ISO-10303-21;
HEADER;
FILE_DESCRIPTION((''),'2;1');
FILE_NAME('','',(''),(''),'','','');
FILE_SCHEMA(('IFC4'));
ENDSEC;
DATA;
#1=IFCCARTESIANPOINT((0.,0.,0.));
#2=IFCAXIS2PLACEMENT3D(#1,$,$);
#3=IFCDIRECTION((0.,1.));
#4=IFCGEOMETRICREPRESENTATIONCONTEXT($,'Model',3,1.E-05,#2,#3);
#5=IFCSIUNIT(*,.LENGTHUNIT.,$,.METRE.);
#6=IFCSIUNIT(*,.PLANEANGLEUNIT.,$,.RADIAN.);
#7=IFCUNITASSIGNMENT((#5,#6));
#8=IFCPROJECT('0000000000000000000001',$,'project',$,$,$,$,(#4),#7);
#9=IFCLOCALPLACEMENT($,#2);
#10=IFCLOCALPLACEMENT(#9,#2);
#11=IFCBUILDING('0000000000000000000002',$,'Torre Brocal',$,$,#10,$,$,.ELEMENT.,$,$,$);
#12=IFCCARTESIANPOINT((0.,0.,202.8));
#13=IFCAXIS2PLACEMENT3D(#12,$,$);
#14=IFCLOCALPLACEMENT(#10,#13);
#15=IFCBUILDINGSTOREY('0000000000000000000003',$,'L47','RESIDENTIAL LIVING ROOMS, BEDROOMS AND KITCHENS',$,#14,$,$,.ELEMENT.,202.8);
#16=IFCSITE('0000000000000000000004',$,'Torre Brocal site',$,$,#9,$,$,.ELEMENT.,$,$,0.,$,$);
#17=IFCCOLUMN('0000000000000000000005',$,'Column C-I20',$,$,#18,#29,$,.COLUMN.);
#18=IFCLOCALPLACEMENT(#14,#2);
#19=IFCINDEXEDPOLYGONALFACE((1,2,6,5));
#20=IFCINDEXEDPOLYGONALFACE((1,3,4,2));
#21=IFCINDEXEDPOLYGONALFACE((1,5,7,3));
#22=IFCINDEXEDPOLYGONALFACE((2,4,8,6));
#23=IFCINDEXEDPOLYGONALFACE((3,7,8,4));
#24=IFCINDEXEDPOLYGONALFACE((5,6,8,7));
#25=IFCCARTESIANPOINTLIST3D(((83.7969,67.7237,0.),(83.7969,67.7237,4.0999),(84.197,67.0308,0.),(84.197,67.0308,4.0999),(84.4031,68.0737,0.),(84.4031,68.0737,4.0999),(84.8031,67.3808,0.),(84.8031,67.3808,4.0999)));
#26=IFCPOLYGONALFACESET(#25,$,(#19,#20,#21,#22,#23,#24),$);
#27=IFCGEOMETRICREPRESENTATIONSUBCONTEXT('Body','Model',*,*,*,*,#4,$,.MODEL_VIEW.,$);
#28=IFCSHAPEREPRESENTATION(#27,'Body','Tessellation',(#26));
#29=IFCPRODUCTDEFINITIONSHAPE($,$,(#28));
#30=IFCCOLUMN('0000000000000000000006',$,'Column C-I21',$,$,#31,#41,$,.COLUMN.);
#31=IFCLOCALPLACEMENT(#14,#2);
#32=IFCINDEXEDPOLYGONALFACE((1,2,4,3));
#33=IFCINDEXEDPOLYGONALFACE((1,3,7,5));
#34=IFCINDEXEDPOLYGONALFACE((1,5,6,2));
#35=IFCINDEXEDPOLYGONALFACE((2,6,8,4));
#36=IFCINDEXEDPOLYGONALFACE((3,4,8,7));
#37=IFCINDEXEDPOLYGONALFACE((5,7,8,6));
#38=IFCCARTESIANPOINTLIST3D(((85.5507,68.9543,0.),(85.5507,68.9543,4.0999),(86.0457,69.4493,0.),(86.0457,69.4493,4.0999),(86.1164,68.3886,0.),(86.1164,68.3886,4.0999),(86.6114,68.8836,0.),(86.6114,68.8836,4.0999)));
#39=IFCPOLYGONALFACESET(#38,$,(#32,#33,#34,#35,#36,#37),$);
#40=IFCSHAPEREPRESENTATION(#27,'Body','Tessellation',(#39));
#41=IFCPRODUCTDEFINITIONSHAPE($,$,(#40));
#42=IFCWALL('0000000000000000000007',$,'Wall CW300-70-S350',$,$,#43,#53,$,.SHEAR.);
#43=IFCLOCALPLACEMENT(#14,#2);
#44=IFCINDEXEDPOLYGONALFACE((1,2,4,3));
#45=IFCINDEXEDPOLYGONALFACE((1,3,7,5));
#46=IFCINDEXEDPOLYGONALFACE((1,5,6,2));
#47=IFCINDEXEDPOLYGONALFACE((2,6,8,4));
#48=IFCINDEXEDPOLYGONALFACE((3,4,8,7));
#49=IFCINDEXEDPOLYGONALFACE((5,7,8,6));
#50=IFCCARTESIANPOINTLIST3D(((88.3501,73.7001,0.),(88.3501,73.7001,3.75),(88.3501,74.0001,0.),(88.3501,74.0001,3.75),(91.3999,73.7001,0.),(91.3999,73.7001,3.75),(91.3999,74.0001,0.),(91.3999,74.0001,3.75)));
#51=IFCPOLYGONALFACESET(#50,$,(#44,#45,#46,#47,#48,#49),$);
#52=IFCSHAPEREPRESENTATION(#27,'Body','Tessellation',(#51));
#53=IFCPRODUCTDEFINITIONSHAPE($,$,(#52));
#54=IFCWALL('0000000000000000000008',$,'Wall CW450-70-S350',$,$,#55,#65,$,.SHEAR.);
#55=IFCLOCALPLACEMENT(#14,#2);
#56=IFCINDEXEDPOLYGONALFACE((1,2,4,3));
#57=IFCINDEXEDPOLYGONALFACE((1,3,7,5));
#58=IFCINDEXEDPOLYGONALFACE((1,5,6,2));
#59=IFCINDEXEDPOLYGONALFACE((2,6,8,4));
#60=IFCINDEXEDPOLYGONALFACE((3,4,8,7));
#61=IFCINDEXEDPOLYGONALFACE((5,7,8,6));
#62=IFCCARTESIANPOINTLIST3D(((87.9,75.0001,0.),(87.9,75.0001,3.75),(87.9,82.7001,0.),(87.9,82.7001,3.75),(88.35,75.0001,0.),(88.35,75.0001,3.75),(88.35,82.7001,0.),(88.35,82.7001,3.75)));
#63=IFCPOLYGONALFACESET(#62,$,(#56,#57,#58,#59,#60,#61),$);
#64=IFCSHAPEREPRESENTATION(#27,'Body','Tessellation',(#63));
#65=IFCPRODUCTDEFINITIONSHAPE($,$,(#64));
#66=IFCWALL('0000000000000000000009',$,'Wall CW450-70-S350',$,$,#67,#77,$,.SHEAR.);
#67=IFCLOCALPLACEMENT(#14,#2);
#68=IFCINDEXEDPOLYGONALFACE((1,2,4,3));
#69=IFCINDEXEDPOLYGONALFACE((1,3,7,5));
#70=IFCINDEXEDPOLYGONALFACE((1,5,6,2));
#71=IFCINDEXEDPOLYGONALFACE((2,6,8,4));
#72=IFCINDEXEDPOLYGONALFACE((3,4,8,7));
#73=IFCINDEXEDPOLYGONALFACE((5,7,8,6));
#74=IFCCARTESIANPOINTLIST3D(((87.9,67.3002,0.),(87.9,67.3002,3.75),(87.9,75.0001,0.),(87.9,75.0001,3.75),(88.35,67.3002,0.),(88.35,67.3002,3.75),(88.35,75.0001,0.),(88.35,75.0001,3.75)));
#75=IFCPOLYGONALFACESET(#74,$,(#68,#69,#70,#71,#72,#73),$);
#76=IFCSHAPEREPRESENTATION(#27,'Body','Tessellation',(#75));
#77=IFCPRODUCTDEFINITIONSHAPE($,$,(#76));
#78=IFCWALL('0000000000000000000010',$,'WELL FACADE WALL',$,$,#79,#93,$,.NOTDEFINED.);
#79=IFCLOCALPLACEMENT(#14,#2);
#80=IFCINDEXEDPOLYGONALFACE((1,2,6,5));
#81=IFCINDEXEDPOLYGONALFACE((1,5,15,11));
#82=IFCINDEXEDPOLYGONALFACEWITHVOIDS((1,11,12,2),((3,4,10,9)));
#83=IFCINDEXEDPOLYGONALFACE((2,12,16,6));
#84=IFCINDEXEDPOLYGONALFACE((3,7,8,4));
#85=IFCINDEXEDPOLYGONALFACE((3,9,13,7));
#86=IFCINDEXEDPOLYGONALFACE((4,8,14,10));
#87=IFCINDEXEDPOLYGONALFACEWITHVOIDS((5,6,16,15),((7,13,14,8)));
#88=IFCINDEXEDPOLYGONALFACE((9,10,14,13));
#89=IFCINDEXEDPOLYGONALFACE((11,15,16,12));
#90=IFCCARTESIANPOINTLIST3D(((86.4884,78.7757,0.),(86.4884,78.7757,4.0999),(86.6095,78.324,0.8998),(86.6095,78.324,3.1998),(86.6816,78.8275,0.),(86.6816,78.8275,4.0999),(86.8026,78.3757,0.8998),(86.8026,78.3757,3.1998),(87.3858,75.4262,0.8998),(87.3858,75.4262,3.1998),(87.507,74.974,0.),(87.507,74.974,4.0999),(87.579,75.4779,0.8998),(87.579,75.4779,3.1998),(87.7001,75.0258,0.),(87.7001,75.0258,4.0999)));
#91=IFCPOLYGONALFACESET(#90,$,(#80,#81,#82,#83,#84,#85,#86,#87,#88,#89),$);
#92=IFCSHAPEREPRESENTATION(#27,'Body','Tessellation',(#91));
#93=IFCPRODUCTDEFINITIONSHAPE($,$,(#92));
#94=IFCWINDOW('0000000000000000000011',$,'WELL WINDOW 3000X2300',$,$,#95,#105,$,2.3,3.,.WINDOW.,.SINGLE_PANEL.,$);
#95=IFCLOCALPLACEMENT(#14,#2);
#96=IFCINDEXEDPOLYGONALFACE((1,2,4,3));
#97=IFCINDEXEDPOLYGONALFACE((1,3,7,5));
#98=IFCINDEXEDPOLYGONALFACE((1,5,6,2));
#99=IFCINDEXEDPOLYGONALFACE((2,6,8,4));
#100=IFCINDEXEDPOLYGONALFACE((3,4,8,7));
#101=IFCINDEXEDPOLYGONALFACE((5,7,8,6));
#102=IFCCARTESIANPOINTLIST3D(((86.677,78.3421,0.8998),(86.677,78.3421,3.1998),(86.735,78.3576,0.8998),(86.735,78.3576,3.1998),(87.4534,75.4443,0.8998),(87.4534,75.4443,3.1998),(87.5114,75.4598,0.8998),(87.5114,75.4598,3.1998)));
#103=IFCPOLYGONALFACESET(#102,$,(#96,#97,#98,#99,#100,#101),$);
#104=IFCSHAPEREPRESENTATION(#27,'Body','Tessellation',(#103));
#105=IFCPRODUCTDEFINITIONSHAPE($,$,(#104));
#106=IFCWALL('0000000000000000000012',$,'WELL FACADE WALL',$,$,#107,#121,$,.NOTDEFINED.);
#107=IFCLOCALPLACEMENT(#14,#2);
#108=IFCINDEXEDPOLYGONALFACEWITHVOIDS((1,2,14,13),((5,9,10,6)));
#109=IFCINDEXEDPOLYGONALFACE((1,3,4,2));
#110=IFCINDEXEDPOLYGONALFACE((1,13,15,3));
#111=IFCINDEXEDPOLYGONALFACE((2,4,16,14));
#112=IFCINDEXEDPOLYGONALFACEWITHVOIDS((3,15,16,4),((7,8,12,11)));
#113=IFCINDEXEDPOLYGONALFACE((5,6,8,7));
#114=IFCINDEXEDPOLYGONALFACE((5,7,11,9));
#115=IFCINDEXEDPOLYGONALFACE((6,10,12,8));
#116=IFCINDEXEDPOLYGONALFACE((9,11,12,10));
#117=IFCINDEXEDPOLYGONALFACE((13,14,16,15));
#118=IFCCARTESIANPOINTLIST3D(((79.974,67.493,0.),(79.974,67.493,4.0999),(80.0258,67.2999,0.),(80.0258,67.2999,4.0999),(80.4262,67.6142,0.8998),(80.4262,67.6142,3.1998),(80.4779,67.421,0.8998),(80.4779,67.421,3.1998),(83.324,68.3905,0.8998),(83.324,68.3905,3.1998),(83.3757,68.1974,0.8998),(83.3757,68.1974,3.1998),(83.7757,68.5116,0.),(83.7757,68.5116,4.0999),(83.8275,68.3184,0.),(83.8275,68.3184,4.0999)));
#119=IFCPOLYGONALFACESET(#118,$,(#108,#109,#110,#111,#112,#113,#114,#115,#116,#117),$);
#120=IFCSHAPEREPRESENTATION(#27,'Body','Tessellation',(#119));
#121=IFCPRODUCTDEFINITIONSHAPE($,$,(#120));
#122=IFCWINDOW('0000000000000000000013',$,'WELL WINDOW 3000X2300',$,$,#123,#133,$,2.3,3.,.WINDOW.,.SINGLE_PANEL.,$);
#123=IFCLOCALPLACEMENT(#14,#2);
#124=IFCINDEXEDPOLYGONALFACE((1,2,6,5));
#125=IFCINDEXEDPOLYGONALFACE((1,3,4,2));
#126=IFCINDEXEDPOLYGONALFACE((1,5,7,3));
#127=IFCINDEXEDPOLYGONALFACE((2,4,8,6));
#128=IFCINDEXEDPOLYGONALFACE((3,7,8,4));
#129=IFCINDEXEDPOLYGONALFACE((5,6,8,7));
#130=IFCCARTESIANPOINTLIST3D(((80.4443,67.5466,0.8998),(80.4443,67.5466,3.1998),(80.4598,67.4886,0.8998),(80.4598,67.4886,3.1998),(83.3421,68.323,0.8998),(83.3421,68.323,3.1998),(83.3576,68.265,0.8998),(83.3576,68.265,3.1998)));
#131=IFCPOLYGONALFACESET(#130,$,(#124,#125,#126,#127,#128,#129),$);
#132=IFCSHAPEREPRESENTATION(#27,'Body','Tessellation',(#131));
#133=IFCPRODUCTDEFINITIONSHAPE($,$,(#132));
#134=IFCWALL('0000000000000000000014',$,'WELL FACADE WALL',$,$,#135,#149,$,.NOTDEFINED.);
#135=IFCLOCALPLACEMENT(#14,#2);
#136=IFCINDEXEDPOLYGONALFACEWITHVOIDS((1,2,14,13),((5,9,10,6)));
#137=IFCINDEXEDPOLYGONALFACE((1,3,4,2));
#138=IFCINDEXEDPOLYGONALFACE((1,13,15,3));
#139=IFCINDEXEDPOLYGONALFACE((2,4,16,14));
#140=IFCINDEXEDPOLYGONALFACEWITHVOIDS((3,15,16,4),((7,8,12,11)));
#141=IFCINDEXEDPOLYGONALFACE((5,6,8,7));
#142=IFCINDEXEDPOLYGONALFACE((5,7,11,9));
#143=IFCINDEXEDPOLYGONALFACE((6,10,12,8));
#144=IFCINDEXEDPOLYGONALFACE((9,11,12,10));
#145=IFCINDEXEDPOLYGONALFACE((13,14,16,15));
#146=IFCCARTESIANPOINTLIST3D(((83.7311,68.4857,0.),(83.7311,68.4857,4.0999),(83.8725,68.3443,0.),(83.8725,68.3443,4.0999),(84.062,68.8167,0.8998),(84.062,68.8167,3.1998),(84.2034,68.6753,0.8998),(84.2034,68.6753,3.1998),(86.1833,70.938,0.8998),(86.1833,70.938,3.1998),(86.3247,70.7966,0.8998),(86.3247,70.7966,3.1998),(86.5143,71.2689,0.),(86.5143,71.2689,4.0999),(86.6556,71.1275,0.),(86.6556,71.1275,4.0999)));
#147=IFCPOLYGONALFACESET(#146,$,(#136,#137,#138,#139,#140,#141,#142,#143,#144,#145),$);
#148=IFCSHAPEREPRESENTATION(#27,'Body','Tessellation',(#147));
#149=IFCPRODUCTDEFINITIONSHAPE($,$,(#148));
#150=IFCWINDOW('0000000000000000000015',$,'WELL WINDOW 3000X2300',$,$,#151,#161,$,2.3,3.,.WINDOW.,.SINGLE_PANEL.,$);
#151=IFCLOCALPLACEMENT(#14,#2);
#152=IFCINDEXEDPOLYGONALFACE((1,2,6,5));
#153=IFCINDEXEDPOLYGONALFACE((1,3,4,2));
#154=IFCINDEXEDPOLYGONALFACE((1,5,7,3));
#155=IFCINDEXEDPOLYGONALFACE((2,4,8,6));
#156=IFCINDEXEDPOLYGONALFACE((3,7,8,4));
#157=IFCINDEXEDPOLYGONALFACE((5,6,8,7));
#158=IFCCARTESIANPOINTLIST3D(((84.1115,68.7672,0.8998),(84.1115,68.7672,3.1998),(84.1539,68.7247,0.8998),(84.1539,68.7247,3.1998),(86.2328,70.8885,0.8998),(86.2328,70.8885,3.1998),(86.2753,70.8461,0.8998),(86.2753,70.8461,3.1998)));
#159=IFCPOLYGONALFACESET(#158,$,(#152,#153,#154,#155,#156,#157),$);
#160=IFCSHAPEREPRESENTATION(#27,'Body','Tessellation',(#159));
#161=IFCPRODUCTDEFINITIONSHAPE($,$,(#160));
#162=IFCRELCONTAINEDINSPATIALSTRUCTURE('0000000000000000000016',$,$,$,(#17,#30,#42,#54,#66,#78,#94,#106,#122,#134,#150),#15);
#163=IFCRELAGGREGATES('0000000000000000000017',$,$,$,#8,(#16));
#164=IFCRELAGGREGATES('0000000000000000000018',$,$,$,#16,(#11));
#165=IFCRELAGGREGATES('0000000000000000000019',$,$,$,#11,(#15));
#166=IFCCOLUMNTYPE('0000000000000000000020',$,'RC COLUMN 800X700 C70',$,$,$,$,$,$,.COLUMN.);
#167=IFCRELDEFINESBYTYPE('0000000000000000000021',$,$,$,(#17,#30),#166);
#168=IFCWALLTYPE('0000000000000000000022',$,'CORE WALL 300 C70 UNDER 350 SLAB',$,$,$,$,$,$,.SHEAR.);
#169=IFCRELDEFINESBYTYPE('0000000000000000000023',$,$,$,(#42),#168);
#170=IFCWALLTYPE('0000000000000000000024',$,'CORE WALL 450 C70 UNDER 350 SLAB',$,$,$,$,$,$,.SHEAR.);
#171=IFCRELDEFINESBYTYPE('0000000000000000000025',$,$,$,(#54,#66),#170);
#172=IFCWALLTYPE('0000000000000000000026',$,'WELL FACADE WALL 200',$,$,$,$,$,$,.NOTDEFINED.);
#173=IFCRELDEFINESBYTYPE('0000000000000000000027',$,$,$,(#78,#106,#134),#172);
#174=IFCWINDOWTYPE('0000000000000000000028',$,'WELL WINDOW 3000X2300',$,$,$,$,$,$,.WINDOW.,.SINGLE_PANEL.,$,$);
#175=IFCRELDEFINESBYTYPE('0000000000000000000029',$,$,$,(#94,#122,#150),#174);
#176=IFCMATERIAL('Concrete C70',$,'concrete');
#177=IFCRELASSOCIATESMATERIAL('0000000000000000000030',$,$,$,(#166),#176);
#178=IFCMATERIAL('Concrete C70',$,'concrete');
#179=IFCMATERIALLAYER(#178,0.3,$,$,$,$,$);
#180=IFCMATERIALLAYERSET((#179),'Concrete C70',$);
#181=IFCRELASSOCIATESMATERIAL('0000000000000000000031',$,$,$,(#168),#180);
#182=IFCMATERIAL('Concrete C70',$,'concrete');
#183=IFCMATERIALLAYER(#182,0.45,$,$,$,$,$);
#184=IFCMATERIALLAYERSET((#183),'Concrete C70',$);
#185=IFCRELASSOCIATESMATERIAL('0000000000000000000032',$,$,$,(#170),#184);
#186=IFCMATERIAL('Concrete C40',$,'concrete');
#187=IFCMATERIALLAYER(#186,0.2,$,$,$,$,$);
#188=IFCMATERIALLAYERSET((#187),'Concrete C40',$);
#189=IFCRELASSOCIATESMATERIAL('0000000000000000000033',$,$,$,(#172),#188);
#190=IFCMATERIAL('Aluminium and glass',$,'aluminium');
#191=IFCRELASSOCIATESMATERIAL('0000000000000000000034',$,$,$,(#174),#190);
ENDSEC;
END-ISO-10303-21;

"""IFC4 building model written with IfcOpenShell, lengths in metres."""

from ifc_helpers import new_model, si_unit, direction, frame, frame_2d, origin, origin_2d, place, context, subcontext, project, spatial, rectangle, extrude, material, layer, layer_set, material_profile, profile_set, type_object, element, fill, save


model = new_model("IFC4")

# Units and contexts
model_context = context("Model", 3, precision=1e-05, world=origin(), true_north=direction((0.0, 1.0)))
body_context = subcontext(model_context, "Body", "Model", "MODEL_VIEW")
ifc_project = project(units=[si_unit("LENGTHUNIT", "METRE"), si_unit("PLANEANGLEUNIT", "RADIAN")], contexts=[model_context])

# Site, building, storey
site_placement = place(None, origin())
site = spatial("IfcSite", under=ifc_project, at=site_placement, Name="Torre Brocal site", CompositionType="ELEMENT", RefElevation=0.0)
building_placement = place(site_placement, origin())
building = spatial("IfcBuilding", under=site, at=building_placement, Name="Torre Brocal", CompositionType="ELEMENT")
storey_placement = place(building_placement, frame((0.0, 0.0, 202.8)))
storey = spatial("IfcBuildingStorey", under=building, at=storey_placement, Name="L47", Description="RESIDENTIAL LIVING ROOMS, BEDROOMS AND KITCHENS", CompositionType="ELEMENT", Elevation=202.8)

# Columns
ifc_material_1 = material(Name="Concrete C70", Category="concrete")
ifc_material_profile = material_profile(ifc_material_1, rectangle(XDim=0.8, YDim=0.7, at=origin_2d()), Name="RC 800X700")
ifc_profile_set = profile_set([ifc_material_profile], Name="Concrete C70")
column_type = type_object("IfcColumnType", Name="RC COLUMN 800X700 C70", PredefinedType="COLUMN", material=ifc_profile_set)
for number, where, z_axis, x_axis, name in (
    (1, (84.3, 67.5522, 0.0), (0.0, 0.0, 1.0), (0.5, -0.866025, 0.0), "Column C-I20"),
    (2, (86.0811, 68.9189, 0.0), (0.0, 0.0, 1.0), (0.707107, -0.707107, 0.0), "Column C-I21"),
):
    element("IfcColumn", number, at=place(storey_placement, frame(where, z_axis=z_axis, x_axis=x_axis)), inside=storey, type_object=column_type, Name=name, PredefinedType="COLUMN", context=body_context, shape_type="SweptSolid", body=[
        extrude(rectangle(XDim=0.8, YDim=0.7, at=origin_2d()), origin(), (0.0, 0.0, 1.0), 4.0999),
    ])

# Walls
ifc_material_2 = material(Name="Concrete C70", Category="concrete")
ifc_layer_1 = layer(ifc_material_2, 0.3)
ifc_layer_set_1 = layer_set([ifc_layer_1], Name="Concrete C70")
wall_type_1 = type_object("IfcWallType", Name="CORE WALL 300 C70 UNDER 350 SLAB", PredefinedType="SHEAR", material=ifc_layer_set_1)
wall_1_placement = place(storey_placement, frame((88.3501, 73.8501, 0.0), z_axis=(0.0, 0.0, 1.0), x_axis=(1.0, 0.0, 0.0)))
element("IfcWall", 3, at=wall_1_placement, inside=storey, type_object=wall_type_1, Name="Wall CW300-70-S350", PredefinedType="SHEAR", context=body_context, shape_type="SweptSolid", body=[
    extrude(rectangle(XDim=3.0498, YDim=0.3, at=frame_2d((1.5249, 0.0))), origin(), (0.0, 0.0, 1.0), 3.75),
])
ifc_material_3 = material(Name="Concrete C70", Category="concrete")
ifc_layer_2 = layer(ifc_material_3, 0.45)
ifc_layer_set_2 = layer_set([ifc_layer_2], Name="Concrete C70")
wall_type_2 = type_object("IfcWallType", Name="CORE WALL 450 C70 UNDER 350 SLAB", PredefinedType="SHEAR", material=ifc_layer_set_2)
for number, where, z_axis, x_axis, name in (
    (4, (88.125, 75.0, 0.0), (0.0, 0.0, 1.0), (0.0, 1.0, 0.0), "Wall CW450-70-S350"),
    (5, (88.125, 67.3, 0.0), (0.0, 0.0, 1.0), (0.0, 1.0, 0.0), "Wall CW450-70-S350"),
):
    element("IfcWall", number, at=place(storey_placement, frame(where, z_axis=z_axis, x_axis=x_axis)), inside=storey, type_object=wall_type_2, Name=name, PredefinedType="SHEAR", context=body_context, shape_type="SweptSolid", body=[
        extrude(rectangle(XDim=7.7, YDim=0.45, at=frame_2d((3.8501, 0.0))), origin(), (0.0, 0.0, 1.0), 3.75),
    ])

# Walls, openings, windows
ifc_material_4 = material(Name="Concrete C40", Category="concrete")
ifc_layer_3 = layer(ifc_material_4, 0.2)
ifc_layer_set_3 = layer_set([ifc_layer_3], Name="Concrete C40")
wall_type_3 = type_object("IfcWallType", Name="WELL FACADE WALL 200", PredefinedType="NOTDEFINED", material=ifc_layer_set_3)
wall_2_placement = place(storey_placement, frame((87.6035, 75.0, 0.0), z_axis=(0.0, 0.0, 1.0), x_axis=(-0.25879, 0.965934, 0.0)))
wall_2 = element("IfcWall", 6, at=wall_2_placement, inside=storey, type_object=wall_type_3, Name="WELL FACADE WALL", PredefinedType="NOTDEFINED", context=body_context, shape_type="SweptSolid", body=[
    extrude(rectangle(XDim=3.9358, YDim=0.2, at=frame_2d((1.9678, 0.0))), origin(), (0.0, 0.0, 1.0), 4.0999),
])
opening_1_placement = place(wall_2_placement, frame((0.468, 0.0, 0.8999)))
opening_1 = element("IfcOpeningElement", 7, at=opening_1_placement, cuts=wall_2, PredefinedType="OPENING", context=body_context, shape_type="SweptSolid", body=[
    extrude(rectangle(XDim=3.0, YDim=2.3, at=frame_2d((1.5, 1.1499))), frame((0.0, 0.1099, 0.0), z_axis=(0.0, -1.0, 0.0), x_axis=(1.0, 0.0, 0.0)), (0.0, 0.0, 1.0), 0.22),
])
ifc_material_5 = material(Name="Aluminium and glass", Category="aluminium")
window_type = type_object("IfcWindowType", Name="WELL WINDOW 3000X2300", PartitioningType="SINGLE_PANEL", PredefinedType="WINDOW", material=ifc_material_5)
window_1_placement = place(opening_1_placement, origin())
window_1 = element("IfcWindow", 8, at=window_1_placement, inside=storey, type_object=window_type, Name="WELL WINDOW 3000X2300", OverallHeight=2.3, OverallWidth=3.0, PartitioningType="SINGLE_PANEL", PredefinedType="WINDOW", context=body_context, shape_type="SweptSolid", body=[
    extrude(rectangle(XDim=3.0, YDim=2.3, at=frame_2d((1.5, 1.1499))), frame((0.0, 0.03, 0.0), z_axis=(0.0, -1.0, 0.0), x_axis=(1.0, 0.0, 0.0)), (0.0, 0.0, 1.0), 0.0601),
])
fill(opening_1, window_1)
wall_3_placement = place(storey_placement, frame((80.0, 67.3965, 0.0), z_axis=(0.0, 0.0, 1.0), x_axis=(0.965934, 0.25879, 0.0)))
wall_3 = element("IfcWall", 9, at=wall_3_placement, inside=storey, type_object=wall_type_3, Name="WELL FACADE WALL", PredefinedType="NOTDEFINED", context=body_context, shape_type="SweptSolid", body=[
    extrude(rectangle(XDim=3.9358, YDim=0.2, at=frame_2d((1.9678, 0.0))), origin(), (0.0, 0.0, 1.0), 4.0999),
])
opening_2_placement = place(wall_3_placement, frame((0.468, 0.0, 0.8999)))
opening_2 = element("IfcOpeningElement", 10, at=opening_2_placement, cuts=wall_3, PredefinedType="OPENING", context=body_context, shape_type="SweptSolid", body=[
    extrude(rectangle(XDim=3.0, YDim=2.3, at=frame_2d((1.5, 1.1499))), frame((0.0, 0.1099, 0.0), z_axis=(0.0, -1.0, 0.0), x_axis=(1.0, 0.0, 0.0)), (0.0, 0.0, 1.0), 0.22),
])
window_2_placement = place(opening_2_placement, origin())
window_2 = element("IfcWindow", 11, at=window_2_placement, inside=storey, type_object=window_type, Name="WELL WINDOW 3000X2300", OverallHeight=2.3, OverallWidth=3.0, PartitioningType="SINGLE_PANEL", PredefinedType="WINDOW", context=body_context, shape_type="SweptSolid", body=[
    extrude(rectangle(XDim=3.0, YDim=2.3, at=frame_2d((1.5, 1.1499))), frame((0.0, 0.03, 0.0), z_axis=(0.0, -1.0, 0.0), x_axis=(1.0, 0.0, 0.0)), (0.0, 0.0, 1.0), 0.0601),
])
fill(opening_2, window_2)
wall_4_placement = place(storey_placement, frame((83.8018, 68.415, 0.0), z_axis=(0.0, 0.0, 1.0), x_axis=(0.707107, 0.707107, 0.0)))
wall_4 = element("IfcWall", 12, at=wall_4_placement, inside=storey, type_object=wall_type_3, Name="WELL FACADE WALL", PredefinedType="NOTDEFINED", context=body_context, shape_type="SweptSolid", body=[
    extrude(rectangle(XDim=3.936, YDim=0.2, at=frame_2d((1.968, 0.0))), origin(), (0.0, 0.0, 1.0), 4.0999),
])
opening_3_placement = place(wall_4_placement, frame((0.468, 0.0, 0.8999)))
opening_3 = element("IfcOpeningElement", 13, at=opening_3_placement, cuts=wall_4, PredefinedType="OPENING", context=body_context, shape_type="SweptSolid", body=[
    extrude(rectangle(XDim=3.0, YDim=2.3, at=frame_2d((1.5, 1.1499))), frame((0.0, 0.1099, 0.0), z_axis=(0.0, -1.0, 0.0), x_axis=(1.0, 0.0, 0.0)), (0.0, 0.0, 1.0), 0.22),
])
window_3_placement = place(opening_3_placement, origin())
window_3 = element("IfcWindow", 14, at=window_3_placement, inside=storey, type_object=window_type, Name="WELL WINDOW 3000X2300", OverallHeight=2.3, OverallWidth=3.0, PartitioningType="SINGLE_PANEL", PredefinedType="WINDOW", context=body_context, shape_type="SweptSolid", body=[
    extrude(rectangle(XDim=3.0, YDim=2.3, at=frame_2d((1.5, 1.1499))), frame((0.0, 0.03, 0.0), z_axis=(0.0, -1.0, 0.0), x_axis=(1.0, 0.0, 0.0)), (0.0, 0.0, 1.0), 0.0601),
])
fill(opening_3, window_3)

save(model, "model.ifc")
